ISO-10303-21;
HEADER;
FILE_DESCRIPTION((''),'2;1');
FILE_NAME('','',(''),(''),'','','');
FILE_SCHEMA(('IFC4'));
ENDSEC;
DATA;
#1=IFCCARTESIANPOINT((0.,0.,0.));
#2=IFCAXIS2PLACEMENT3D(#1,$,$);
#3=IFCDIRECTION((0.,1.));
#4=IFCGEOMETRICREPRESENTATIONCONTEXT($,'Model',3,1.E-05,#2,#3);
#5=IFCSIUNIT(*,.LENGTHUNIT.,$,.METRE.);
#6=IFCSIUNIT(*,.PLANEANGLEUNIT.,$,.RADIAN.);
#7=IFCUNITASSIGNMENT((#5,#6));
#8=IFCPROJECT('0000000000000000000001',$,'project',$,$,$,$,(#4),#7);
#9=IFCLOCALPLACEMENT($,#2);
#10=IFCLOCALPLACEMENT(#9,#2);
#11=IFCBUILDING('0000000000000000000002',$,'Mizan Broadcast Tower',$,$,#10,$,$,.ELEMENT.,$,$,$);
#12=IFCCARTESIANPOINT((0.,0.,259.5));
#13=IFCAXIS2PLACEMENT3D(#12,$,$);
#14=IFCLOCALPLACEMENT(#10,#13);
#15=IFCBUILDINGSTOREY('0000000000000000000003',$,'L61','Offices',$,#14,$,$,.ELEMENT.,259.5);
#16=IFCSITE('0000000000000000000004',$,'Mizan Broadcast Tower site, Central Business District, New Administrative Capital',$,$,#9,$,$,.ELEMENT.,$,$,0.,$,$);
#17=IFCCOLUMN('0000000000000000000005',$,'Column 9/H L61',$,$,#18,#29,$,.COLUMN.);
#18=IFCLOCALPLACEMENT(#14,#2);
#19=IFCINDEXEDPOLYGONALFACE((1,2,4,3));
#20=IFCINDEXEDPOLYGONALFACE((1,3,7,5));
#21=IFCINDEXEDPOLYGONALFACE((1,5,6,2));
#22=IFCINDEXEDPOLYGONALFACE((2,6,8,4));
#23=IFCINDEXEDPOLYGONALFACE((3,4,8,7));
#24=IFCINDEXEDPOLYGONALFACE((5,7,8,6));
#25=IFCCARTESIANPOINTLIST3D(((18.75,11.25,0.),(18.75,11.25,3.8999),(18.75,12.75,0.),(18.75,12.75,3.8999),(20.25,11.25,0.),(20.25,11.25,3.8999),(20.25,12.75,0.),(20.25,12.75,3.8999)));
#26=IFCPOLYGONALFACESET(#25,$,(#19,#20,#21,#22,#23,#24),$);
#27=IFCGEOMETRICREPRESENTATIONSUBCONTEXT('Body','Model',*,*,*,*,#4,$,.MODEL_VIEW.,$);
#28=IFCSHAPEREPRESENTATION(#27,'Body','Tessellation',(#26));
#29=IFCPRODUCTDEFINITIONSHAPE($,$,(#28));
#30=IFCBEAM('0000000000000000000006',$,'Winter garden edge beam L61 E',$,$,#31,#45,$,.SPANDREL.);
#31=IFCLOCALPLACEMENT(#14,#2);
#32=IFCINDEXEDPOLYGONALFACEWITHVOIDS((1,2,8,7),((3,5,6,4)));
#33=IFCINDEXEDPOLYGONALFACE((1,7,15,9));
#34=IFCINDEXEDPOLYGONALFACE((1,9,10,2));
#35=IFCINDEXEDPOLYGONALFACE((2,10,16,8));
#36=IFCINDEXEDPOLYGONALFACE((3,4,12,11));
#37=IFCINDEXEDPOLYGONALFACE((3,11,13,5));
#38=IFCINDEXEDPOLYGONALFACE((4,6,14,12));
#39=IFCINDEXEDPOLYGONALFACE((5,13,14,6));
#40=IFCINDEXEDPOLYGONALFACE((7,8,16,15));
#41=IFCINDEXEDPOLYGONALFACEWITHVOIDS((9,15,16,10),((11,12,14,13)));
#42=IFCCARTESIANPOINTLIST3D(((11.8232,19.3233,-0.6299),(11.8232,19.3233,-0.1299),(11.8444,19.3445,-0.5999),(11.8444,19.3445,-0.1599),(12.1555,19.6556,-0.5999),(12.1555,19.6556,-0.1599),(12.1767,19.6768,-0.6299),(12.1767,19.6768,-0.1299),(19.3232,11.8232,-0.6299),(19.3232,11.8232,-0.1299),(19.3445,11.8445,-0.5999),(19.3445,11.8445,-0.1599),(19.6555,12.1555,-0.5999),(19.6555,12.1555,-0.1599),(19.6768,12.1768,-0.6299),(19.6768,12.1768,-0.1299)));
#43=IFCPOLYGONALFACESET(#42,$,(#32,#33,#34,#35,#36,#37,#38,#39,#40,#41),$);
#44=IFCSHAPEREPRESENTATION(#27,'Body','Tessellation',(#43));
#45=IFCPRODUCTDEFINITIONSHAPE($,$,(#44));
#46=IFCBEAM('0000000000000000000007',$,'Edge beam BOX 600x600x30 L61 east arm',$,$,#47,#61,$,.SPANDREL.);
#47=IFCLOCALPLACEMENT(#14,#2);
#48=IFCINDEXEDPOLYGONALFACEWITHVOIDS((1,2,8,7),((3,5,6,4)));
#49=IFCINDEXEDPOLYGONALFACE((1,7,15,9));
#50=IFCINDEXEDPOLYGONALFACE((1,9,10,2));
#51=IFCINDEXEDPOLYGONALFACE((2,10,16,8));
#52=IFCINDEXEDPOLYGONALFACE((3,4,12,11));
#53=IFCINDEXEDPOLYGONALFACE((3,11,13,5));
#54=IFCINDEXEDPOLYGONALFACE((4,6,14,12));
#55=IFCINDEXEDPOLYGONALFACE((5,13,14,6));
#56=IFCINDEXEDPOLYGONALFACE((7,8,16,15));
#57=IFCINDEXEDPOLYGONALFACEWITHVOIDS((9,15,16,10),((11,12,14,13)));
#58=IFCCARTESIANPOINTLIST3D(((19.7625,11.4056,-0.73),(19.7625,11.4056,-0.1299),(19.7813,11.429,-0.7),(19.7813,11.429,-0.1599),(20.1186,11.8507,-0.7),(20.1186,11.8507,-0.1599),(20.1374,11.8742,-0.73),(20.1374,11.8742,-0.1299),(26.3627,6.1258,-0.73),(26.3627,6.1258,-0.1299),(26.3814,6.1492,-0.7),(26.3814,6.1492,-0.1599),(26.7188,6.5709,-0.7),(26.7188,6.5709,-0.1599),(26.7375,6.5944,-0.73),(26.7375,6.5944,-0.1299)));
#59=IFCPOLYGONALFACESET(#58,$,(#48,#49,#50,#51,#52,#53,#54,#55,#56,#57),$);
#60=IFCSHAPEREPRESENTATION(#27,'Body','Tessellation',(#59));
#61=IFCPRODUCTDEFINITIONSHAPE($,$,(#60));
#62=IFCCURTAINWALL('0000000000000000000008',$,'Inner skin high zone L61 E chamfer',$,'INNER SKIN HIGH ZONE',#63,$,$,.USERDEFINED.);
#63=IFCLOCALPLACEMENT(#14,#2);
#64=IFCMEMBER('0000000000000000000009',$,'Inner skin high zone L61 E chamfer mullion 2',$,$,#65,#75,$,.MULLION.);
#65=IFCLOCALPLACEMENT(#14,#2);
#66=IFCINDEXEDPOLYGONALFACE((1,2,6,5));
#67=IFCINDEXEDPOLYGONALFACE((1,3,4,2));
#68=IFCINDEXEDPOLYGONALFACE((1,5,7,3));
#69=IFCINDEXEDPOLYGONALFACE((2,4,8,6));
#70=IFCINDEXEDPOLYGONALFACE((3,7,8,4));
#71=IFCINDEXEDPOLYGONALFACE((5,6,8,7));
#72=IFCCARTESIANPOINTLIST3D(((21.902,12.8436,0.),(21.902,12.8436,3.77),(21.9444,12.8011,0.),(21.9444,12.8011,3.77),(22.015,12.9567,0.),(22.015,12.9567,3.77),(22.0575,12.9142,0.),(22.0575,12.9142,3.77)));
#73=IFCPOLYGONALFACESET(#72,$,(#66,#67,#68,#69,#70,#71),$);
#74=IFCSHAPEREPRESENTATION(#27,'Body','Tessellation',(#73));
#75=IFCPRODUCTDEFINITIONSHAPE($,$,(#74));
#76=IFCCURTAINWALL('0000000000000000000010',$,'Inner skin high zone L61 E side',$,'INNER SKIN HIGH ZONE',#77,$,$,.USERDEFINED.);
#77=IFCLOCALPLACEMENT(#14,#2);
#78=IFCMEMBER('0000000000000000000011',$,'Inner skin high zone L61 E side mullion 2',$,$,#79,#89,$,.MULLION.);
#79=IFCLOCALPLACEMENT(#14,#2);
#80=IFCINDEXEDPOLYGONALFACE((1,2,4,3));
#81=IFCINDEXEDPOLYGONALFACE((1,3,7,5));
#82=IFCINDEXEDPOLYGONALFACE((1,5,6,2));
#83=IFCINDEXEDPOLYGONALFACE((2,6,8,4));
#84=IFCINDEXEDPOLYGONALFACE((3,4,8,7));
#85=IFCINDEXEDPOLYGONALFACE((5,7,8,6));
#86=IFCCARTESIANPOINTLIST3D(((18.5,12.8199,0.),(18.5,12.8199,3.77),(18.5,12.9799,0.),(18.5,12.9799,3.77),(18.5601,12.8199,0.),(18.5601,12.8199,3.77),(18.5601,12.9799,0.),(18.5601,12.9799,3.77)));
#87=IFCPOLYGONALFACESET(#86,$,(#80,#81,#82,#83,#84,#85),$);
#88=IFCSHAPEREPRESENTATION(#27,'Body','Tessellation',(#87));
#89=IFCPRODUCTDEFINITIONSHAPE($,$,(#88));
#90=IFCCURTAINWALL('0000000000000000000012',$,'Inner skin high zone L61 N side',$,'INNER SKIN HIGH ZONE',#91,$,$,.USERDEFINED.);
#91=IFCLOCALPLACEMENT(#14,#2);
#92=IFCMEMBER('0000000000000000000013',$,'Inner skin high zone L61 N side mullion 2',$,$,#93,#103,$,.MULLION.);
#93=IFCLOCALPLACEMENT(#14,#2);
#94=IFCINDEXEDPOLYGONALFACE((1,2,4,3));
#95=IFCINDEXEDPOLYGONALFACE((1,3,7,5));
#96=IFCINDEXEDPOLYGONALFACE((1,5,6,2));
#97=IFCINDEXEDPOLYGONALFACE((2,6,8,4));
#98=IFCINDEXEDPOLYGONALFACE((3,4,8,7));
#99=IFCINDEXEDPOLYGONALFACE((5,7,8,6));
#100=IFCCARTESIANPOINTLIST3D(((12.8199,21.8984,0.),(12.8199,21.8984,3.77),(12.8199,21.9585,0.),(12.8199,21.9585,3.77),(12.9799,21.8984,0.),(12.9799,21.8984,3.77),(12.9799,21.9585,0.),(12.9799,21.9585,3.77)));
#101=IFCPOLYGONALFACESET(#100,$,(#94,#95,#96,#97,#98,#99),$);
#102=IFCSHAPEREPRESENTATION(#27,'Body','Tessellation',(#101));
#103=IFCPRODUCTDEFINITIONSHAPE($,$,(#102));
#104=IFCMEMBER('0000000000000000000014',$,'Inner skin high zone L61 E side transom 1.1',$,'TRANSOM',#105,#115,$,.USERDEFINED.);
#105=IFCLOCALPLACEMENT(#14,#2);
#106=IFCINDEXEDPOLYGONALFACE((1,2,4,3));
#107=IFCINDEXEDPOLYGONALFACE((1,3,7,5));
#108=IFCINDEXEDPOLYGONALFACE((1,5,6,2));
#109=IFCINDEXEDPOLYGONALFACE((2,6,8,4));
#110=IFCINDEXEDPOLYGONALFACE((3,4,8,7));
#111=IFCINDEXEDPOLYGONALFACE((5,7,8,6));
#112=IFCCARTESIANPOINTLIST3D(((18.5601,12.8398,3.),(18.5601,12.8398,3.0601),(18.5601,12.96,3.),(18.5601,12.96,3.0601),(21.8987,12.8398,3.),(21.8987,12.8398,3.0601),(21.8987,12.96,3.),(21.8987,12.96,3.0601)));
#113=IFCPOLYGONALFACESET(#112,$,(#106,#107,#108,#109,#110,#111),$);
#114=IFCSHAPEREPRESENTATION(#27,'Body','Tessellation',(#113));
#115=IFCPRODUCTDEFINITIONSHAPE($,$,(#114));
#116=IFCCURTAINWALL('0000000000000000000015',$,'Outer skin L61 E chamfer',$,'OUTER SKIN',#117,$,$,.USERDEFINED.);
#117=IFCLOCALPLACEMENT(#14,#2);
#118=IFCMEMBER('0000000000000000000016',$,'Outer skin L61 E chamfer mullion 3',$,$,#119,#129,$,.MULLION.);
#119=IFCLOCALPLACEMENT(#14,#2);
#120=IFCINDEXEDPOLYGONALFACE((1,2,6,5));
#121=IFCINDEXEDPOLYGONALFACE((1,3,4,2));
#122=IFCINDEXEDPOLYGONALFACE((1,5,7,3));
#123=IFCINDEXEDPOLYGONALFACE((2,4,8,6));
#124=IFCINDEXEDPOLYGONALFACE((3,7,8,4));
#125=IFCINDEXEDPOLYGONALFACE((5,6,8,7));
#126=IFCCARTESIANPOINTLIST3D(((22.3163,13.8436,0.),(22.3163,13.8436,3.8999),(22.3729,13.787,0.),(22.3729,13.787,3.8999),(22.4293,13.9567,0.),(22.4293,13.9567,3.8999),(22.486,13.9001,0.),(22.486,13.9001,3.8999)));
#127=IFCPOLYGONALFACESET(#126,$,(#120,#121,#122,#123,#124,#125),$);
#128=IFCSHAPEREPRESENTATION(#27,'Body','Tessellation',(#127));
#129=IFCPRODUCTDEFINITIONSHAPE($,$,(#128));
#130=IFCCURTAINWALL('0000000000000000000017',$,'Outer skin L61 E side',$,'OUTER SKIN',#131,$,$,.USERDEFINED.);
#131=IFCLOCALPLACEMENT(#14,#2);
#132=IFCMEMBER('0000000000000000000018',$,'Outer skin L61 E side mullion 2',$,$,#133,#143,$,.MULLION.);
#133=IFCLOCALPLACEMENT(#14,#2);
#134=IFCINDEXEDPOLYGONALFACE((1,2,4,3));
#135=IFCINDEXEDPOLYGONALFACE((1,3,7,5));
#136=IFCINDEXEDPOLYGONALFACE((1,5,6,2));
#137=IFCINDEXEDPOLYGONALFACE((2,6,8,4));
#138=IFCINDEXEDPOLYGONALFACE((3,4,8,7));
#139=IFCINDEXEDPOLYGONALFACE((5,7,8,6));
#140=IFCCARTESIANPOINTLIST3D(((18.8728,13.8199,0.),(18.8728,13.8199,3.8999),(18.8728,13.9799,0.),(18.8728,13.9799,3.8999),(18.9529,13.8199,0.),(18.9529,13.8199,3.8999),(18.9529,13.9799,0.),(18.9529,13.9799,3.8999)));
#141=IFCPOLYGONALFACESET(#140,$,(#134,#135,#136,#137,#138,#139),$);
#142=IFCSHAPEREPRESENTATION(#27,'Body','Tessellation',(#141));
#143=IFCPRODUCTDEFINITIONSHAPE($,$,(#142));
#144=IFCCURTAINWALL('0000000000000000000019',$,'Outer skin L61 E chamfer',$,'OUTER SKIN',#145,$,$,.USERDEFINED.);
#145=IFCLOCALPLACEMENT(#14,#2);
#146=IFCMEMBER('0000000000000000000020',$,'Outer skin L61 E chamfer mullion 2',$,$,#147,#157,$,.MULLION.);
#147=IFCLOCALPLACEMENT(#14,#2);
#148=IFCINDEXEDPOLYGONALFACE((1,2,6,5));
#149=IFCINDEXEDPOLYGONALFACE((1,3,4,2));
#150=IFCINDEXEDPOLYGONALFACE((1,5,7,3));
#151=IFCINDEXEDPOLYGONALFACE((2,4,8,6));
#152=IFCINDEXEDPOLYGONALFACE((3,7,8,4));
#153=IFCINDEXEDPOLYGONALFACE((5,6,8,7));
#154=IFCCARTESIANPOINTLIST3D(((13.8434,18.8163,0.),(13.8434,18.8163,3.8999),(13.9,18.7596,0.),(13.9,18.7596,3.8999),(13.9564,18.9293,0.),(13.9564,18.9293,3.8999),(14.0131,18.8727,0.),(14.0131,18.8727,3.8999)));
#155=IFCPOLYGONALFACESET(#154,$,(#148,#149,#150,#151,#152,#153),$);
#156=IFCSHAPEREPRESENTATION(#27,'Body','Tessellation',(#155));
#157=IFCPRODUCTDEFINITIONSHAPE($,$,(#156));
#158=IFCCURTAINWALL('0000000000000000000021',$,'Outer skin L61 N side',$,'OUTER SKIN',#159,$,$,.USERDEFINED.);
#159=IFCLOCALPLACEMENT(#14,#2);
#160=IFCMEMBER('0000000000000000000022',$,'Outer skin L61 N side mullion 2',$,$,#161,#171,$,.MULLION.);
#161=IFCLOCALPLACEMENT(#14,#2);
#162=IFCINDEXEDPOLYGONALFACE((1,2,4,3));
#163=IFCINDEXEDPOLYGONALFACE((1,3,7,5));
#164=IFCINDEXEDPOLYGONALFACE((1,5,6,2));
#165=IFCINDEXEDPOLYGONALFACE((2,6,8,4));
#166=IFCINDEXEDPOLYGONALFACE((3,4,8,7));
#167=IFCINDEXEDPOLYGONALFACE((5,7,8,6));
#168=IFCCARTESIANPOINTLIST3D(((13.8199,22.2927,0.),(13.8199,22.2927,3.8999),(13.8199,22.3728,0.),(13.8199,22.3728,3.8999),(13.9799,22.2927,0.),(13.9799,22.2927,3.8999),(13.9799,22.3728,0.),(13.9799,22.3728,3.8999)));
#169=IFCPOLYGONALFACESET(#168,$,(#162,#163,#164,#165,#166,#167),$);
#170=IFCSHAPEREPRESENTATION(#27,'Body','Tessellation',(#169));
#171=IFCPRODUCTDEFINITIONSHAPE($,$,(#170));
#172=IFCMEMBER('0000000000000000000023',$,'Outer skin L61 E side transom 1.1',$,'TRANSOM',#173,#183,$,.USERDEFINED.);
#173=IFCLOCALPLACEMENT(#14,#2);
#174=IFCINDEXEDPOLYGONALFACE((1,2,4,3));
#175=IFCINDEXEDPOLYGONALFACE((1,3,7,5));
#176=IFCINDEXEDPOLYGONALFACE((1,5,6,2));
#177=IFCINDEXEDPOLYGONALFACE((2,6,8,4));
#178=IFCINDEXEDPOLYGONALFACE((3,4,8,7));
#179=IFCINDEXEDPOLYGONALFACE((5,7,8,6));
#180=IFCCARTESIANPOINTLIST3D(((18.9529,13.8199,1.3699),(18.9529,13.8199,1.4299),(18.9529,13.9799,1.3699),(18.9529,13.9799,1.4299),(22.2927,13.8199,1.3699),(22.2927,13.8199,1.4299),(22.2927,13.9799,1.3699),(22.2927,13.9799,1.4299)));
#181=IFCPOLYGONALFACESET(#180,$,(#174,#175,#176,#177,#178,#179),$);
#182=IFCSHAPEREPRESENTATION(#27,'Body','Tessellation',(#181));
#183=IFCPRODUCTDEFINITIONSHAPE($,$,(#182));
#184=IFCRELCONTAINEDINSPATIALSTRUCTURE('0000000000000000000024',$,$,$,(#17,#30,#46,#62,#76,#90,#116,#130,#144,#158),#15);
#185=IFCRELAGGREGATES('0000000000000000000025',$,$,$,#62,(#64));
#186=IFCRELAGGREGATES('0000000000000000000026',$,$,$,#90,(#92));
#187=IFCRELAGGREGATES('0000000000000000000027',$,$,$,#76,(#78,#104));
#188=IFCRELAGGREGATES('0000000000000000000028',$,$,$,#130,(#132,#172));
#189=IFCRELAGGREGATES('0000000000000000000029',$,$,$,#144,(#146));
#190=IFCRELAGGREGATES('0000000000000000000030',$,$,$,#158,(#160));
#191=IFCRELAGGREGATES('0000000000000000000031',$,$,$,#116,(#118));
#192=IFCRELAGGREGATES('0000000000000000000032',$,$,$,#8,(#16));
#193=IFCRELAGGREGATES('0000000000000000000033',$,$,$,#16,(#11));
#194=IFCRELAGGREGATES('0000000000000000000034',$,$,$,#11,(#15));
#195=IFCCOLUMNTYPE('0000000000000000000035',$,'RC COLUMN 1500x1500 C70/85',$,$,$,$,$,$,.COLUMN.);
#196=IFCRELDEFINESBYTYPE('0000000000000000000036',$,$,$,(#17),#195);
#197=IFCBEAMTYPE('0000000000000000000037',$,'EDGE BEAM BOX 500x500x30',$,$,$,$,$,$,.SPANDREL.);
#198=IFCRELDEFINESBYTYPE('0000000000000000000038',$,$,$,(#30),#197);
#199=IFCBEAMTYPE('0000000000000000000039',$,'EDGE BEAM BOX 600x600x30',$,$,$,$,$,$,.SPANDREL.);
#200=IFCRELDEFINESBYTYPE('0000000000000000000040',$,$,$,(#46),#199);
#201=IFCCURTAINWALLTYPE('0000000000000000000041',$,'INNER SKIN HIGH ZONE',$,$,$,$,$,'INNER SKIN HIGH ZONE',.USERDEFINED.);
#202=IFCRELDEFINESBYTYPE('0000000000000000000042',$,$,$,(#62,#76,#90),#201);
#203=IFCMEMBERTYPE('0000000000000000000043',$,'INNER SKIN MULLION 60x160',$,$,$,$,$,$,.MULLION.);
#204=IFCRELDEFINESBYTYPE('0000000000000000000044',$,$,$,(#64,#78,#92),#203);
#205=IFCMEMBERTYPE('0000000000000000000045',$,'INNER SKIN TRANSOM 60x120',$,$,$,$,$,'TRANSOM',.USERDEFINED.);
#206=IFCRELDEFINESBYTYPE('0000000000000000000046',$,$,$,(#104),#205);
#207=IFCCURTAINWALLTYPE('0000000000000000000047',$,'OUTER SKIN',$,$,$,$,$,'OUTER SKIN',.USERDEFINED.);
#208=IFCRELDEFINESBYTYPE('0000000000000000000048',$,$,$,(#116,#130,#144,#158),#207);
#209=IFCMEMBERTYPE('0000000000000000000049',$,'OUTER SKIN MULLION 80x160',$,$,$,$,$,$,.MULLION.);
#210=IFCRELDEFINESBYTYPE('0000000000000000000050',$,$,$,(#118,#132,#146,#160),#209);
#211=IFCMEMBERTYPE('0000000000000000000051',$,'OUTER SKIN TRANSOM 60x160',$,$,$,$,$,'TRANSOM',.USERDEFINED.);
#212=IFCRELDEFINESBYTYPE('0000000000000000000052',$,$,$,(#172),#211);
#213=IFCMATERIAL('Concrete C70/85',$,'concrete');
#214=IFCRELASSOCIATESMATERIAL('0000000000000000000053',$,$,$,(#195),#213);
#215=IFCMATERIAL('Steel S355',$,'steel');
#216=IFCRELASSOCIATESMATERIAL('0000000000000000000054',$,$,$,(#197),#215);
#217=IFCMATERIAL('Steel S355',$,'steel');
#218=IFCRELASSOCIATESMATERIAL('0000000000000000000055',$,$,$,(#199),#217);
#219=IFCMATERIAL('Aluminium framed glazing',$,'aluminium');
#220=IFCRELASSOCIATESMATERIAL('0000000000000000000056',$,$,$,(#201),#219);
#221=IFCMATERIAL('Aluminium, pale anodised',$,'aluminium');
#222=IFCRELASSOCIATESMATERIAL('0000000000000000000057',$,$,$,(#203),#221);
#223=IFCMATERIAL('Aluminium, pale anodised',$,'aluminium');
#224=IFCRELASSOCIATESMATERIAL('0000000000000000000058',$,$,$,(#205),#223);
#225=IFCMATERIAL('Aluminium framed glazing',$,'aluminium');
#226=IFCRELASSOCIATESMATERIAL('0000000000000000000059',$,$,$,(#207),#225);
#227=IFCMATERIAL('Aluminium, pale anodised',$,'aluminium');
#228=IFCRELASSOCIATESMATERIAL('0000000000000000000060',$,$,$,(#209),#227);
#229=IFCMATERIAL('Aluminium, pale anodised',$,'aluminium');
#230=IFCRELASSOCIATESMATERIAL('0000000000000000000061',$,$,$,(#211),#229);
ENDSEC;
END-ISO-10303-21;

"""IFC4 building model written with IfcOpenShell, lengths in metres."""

from ifc_helpers import new_model, si_unit, direction, frame, origin, origin_2d, place, context, subcontext, project, spatial, rectangle, hollow_rectangle, extrude, material, material_profile, profile_set, type_object, element, aggregate, save


model = new_model("IFC4")

# Units and contexts
model_context = context("Model", 3, precision=1e-05, world=origin(), true_north=direction((0.0, 1.0)))
body_context = subcontext(model_context, "Body", "Model", "MODEL_VIEW")
ifc_project = project(units=[si_unit("LENGTHUNIT", "METRE"), si_unit("PLANEANGLEUNIT", "RADIAN")], contexts=[model_context])

# Site, building, storey
site_placement = place(None, origin())
site = spatial("IfcSite", under=ifc_project, at=site_placement, Name="Mizan Broadcast Tower site, Central Business District, New Administrative Capital", CompositionType="ELEMENT", RefElevation=0.0)
building_placement = place(site_placement, origin())
building = spatial("IfcBuilding", under=site, at=building_placement, Name="Mizan Broadcast Tower", CompositionType="ELEMENT")
storey_placement = place(building_placement, frame((0.0, 0.0, 259.5)))
storey = spatial("IfcBuildingStorey", under=building, at=storey_placement, Name="L61", Description="Offices", CompositionType="ELEMENT", Elevation=259.5)

# Column
ifc_material_1 = material(Name="Concrete C70/85", Category="concrete")
ifc_material_profile_1 = material_profile(ifc_material_1, rectangle(XDim=1.5, YDim=1.5, at=origin_2d()), Name="RC 1500x1500")
ifc_profile_set_1 = profile_set([ifc_material_profile_1], Name="Concrete C70/85")
column_type = type_object("IfcColumnType", Name="RC COLUMN 1500x1500 C70/85", PredefinedType="COLUMN", material=ifc_profile_set_1)
column_placement = place(storey_placement, frame((19.5, 12.0, 0.0), z_axis=(0.0, 0.0, 1.0), x_axis=(1.0, 0.0, 0.0)))
element("IfcColumn", 1, at=column_placement, inside=storey, type_object=column_type, Name="Column 9/H L61", PredefinedType="COLUMN", context=body_context, shape_type="SweptSolid", body=[
    extrude(rectangle(XDim=1.5, YDim=1.5, at=origin_2d()), origin(), (0.0, 0.0, 1.0), 3.8999),
])

# Beams
ifc_material_2 = material(Name="Steel S355", Category="steel")
ifc_material_profile_2 = material_profile(ifc_material_2, hollow_rectangle(XDim=0.5, YDim=0.5, WallThickness=0.03, at=origin_2d()), Name="BOX 500x500x30")
ifc_profile_set_2 = profile_set([ifc_material_profile_2], Name="Steel S355")
beam_type_1 = type_object("IfcBeamType", Name="EDGE BEAM BOX 500x500x30", PredefinedType="SPANDREL", material=ifc_profile_set_2)
beam_1_placement = place(storey_placement, frame((19.5, 12.0, -0.3799), z_axis=(-0.707107, 0.707107, 0.0), x_axis=(-0.707107, -0.707107, 0.0)))
element("IfcBeam", 2, at=beam_1_placement, inside=storey, type_object=beam_type_1, Name="Winter garden edge beam L61 E", PredefinedType="SPANDREL", context=body_context, shape_type="SweptSolid", body=[
    extrude(hollow_rectangle(XDim=0.5, YDim=0.5, WallThickness=0.03, at=origin_2d()), origin(), (0.0, 0.0, 1.0), 10.6067),
])
ifc_material_3 = material(Name="Steel S355", Category="steel")
ifc_material_profile_3 = material_profile(ifc_material_3, hollow_rectangle(XDim=0.6001, YDim=0.6001, WallThickness=0.03, at=origin_2d()), Name="BOX 600x600x30")
ifc_profile_set_3 = profile_set([ifc_material_profile_3], Name="Steel S355")
beam_type_2 = type_object("IfcBeamType", Name="EDGE BEAM BOX 600x600x30", PredefinedType="SPANDREL", material=ifc_profile_set_3)
beam_2_placement = place(storey_placement, frame((19.95, 11.6399, -0.4299), z_axis=(0.780886, -0.624674, 0.0), x_axis=(0.624674, 0.780886, 0.0)))
element("IfcBeam", 3, at=beam_2_placement, inside=storey, type_object=beam_type_2, Name="Edge beam BOX 600x600x30 L61 east arm", PredefinedType="SPANDREL", context=body_context, shape_type="SweptSolid", body=[
    extrude(hollow_rectangle(XDim=0.6001, YDim=0.6001, WallThickness=0.03, at=origin_2d()), origin(), (0.0, 0.0, 1.0), 8.4521),
])

# Curtain walls, members
ifc_material_4 = material(Name="Aluminium framed glazing", Category="aluminium")
curtain_wall_type_1 = type_object("IfcCurtainWallType", Name="INNER SKIN HIGH ZONE", ElementType="INNER SKIN HIGH ZONE", PredefinedType="USERDEFINED", material=ifc_material_4)
curtain_wall_1_placement = place(storey_placement, origin())
curtain_wall_1 = element("IfcCurtainWall", 4, at=curtain_wall_1_placement, inside=storey, type_object=curtain_wall_type_1, Name="Inner skin high zone L61 E chamfer", ObjectType="INNER SKIN HIGH ZONE", PredefinedType="USERDEFINED")
ifc_material_5 = material(Name="Aluminium, pale anodised", Category="aluminium")
ifc_material_profile_4 = material_profile(ifc_material_5, rectangle(XDim=0.1599, YDim=0.0601, at=origin_2d()), Name="MULLION 160x60")
ifc_profile_set_4 = profile_set([ifc_material_profile_4], Name="Aluminium, pale anodised")
member_type_1 = type_object("IfcMemberType", Name="INNER SKIN MULLION 60x160", PredefinedType="MULLION", material=ifc_profile_set_4)
member_1_placement = place(storey_placement, frame((21.9797, 12.8789, 0.0), z_axis=(0.0, 0.0, 1.0), x_axis=(-0.707107, -0.707107, 0.0)))
member_1 = element("IfcMember", 5, at=member_1_placement, type_object=member_type_1, Name="Inner skin high zone L61 E chamfer mullion 2", PredefinedType="MULLION", context=body_context, shape_type="SweptSolid", body=[
    extrude(rectangle(XDim=0.1599, YDim=0.0601, at=origin_2d()), origin(), (0.0, 0.0, 1.0), 3.77),
])
aggregate(curtain_wall_1, [member_1])
curtain_wall_2_placement = place(storey_placement, origin())
curtain_wall_2 = element("IfcCurtainWall", 6, at=curtain_wall_2_placement, inside=storey, type_object=curtain_wall_type_1, Name="Inner skin high zone L61 E side", ObjectType="INNER SKIN HIGH ZONE", PredefinedType="USERDEFINED")
member_2_placement = place(storey_placement, frame((18.53, 12.8999, 0.0), z_axis=(0.0, 0.0, 1.0), x_axis=(0.0, -1.0, 0.0)))
member_2 = element("IfcMember", 7, at=member_2_placement, type_object=member_type_1, Name="Inner skin high zone L61 E side mullion 2", PredefinedType="MULLION", context=body_context, shape_type="SweptSolid", body=[
    extrude(rectangle(XDim=0.1599, YDim=0.0601, at=origin_2d()), origin(), (0.0, 0.0, 1.0), 3.77),
])
curtain_wall_3_placement = place(storey_placement, origin())
curtain_wall_3 = element("IfcCurtainWall", 8, at=curtain_wall_3_placement, inside=storey, type_object=curtain_wall_type_1, Name="Inner skin high zone L61 N side", ObjectType="INNER SKIN HIGH ZONE", PredefinedType="USERDEFINED")
member_3_placement = place(storey_placement, frame((12.8999, 21.9285, 0.0), z_axis=(0.0, 0.0, 1.0), x_axis=(-1.0, 0.0, 0.0)))
member_3 = element("IfcMember", 9, at=member_3_placement, type_object=member_type_1, Name="Inner skin high zone L61 N side mullion 2", PredefinedType="MULLION", context=body_context, shape_type="SweptSolid", body=[
    extrude(rectangle(XDim=0.1599, YDim=0.0601, at=origin_2d()), origin(), (0.0, 0.0, 1.0), 3.77),
])
aggregate(curtain_wall_3, [member_3])

# Member
ifc_material_6 = material(Name="Aluminium, pale anodised", Category="aluminium")
ifc_material_profile_5 = material_profile(ifc_material_6, rectangle(XDim=0.1201, YDim=0.0601, at=origin_2d()), Name="TRANSOM 120x60")
ifc_profile_set_5 = profile_set([ifc_material_profile_5], Name="Aluminium, pale anodised")
member_type_2 = type_object("IfcMemberType", Name="INNER SKIN TRANSOM 60x120", ElementType="TRANSOM", PredefinedType="USERDEFINED", material=ifc_profile_set_5)
member_4_placement = place(storey_placement, frame((21.8987, 12.8999, 3.03), z_axis=(-1.0, 0.0, 0.0), x_axis=(0.0, -1.0, 0.0)))
member_4 = element("IfcMember", 10, at=member_4_placement, type_object=member_type_2, Name="Inner skin high zone L61 E side transom 1.1", ObjectType="TRANSOM", PredefinedType="USERDEFINED", context=body_context, shape_type="SweptSolid", body=[
    extrude(rectangle(XDim=0.1201, YDim=0.0601, at=origin_2d()), origin(), (0.0, 0.0, 1.0), 3.3386),
])

# Curtain walls, members
ifc_material_7 = material(Name="Aluminium framed glazing", Category="aluminium")
curtain_wall_type_2 = type_object("IfcCurtainWallType", Name="OUTER SKIN", ElementType="OUTER SKIN", PredefinedType="USERDEFINED", material=ifc_material_7)
curtain_wall_4_placement = place(storey_placement, origin())
curtain_wall_4 = element("IfcCurtainWall", 11, at=curtain_wall_4_placement, inside=storey, type_object=curtain_wall_type_2, Name="Outer skin L61 E chamfer", ObjectType="OUTER SKIN", PredefinedType="USERDEFINED")
ifc_material_8 = material(Name="Aluminium, pale anodised", Category="aluminium")
ifc_material_profile_6 = material_profile(ifc_material_8, rectangle(XDim=0.1599, YDim=0.0801, at=origin_2d()), Name="MULLION 160x80")
ifc_profile_set_6 = profile_set([ifc_material_profile_6], Name="Aluminium, pale anodised")
member_type_3 = type_object("IfcMemberType", Name="OUTER SKIN MULLION 80x160", PredefinedType="MULLION", material=ifc_profile_set_6)
member_5_placement = place(storey_placement, frame((22.4011, 13.8718, 0.0), z_axis=(0.0, 0.0, 1.0), x_axis=(-0.707107, -0.707107, 0.0)))
member_5 = element("IfcMember", 12, at=member_5_placement, type_object=member_type_3, Name="Outer skin L61 E chamfer mullion 3", PredefinedType="MULLION", context=body_context, shape_type="SweptSolid", body=[
    extrude(rectangle(XDim=0.1599, YDim=0.0801, at=origin_2d()), origin(), (0.0, 0.0, 1.0), 3.8999),
])
curtain_wall_5_placement = place(storey_placement, origin())
curtain_wall_5 = element("IfcCurtainWall", 13, at=curtain_wall_5_placement, inside=storey, type_object=curtain_wall_type_2, Name="Outer skin L61 E side", ObjectType="OUTER SKIN", PredefinedType="USERDEFINED")
member_6_placement = place(storey_placement, frame((18.9128, 13.8999, 0.0), z_axis=(0.0, 0.0, 1.0), x_axis=(0.0, -1.0, 0.0)))
member_6 = element("IfcMember", 14, at=member_6_placement, type_object=member_type_3, Name="Outer skin L61 E side mullion 2", PredefinedType="MULLION", context=body_context, shape_type="SweptSolid", body=[
    extrude(rectangle(XDim=0.1599, YDim=0.0801, at=origin_2d()), origin(), (0.0, 0.0, 1.0), 3.8999),
])
curtain_wall_6_placement = place(storey_placement, origin())
curtain_wall_6 = element("IfcCurtainWall", 15, at=curtain_wall_6_placement, inside=storey, type_object=curtain_wall_type_2, Name="Outer skin L61 E chamfer", ObjectType="OUTER SKIN", PredefinedType="USERDEFINED")
member_7_placement = place(storey_placement, frame((13.9282, 18.8445, 0.0), z_axis=(0.0, 0.0, 1.0), x_axis=(-0.707107, -0.707107, 0.0)))
member_7 = element("IfcMember", 16, at=member_7_placement, type_object=member_type_3, Name="Outer skin L61 E chamfer mullion 2", PredefinedType="MULLION", context=body_context, shape_type="SweptSolid", body=[
    extrude(rectangle(XDim=0.1599, YDim=0.0801, at=origin_2d()), origin(), (0.0, 0.0, 1.0), 3.8999),
])
curtain_wall_7_placement = place(storey_placement, origin())
curtain_wall_7 = element("IfcCurtainWall", 17, at=curtain_wall_7_placement, inside=storey, type_object=curtain_wall_type_2, Name="Outer skin L61 N side", ObjectType="OUTER SKIN", PredefinedType="USERDEFINED")
member_8_placement = place(storey_placement, frame((13.8999, 22.3328, 0.0), z_axis=(0.0, 0.0, 1.0), x_axis=(-1.0, 0.0, 0.0)))
member_8 = element("IfcMember", 18, at=member_8_placement, type_object=member_type_3, Name="Outer skin L61 N side mullion 2", PredefinedType="MULLION", context=body_context, shape_type="SweptSolid", body=[
    extrude(rectangle(XDim=0.1599, YDim=0.0801, at=origin_2d()), origin(), (0.0, 0.0, 1.0), 3.8999),
])

# Member
ifc_material_9 = material(Name="Aluminium, pale anodised", Category="aluminium")
ifc_material_profile_7 = material_profile(ifc_material_9, rectangle(XDim=0.1599, YDim=0.0601, at=origin_2d()), Name="TRANSOM 160x60")
ifc_profile_set_7 = profile_set([ifc_material_profile_7], Name="Aluminium, pale anodised")
member_type_4 = type_object("IfcMemberType", Name="OUTER SKIN TRANSOM 60x160", ElementType="TRANSOM", PredefinedType="USERDEFINED", material=ifc_profile_set_7)
member_9_placement = place(storey_placement, frame((22.2927, 13.8999, 1.3999), z_axis=(-1.0, 0.0, 0.0), x_axis=(0.0, -1.0, 0.0)))
member_9 = element("IfcMember", 19, at=member_9_placement, type_object=member_type_4, Name="Outer skin L61 E side transom 1.1", ObjectType="TRANSOM", PredefinedType="USERDEFINED", context=body_context, shape_type="SweptSolid", body=[
    extrude(rectangle(XDim=0.1599, YDim=0.0601, at=origin_2d()), origin(), (0.0, 0.0, 1.0), 3.3398),
])

aggregate(curtain_wall_2, [member_2, member_4])
aggregate(curtain_wall_5, [member_6, member_9])
aggregate(curtain_wall_6, [member_7])
aggregate(curtain_wall_7, [member_8])
aggregate(curtain_wall_4, [member_5])

save(model, "model.ifc")
